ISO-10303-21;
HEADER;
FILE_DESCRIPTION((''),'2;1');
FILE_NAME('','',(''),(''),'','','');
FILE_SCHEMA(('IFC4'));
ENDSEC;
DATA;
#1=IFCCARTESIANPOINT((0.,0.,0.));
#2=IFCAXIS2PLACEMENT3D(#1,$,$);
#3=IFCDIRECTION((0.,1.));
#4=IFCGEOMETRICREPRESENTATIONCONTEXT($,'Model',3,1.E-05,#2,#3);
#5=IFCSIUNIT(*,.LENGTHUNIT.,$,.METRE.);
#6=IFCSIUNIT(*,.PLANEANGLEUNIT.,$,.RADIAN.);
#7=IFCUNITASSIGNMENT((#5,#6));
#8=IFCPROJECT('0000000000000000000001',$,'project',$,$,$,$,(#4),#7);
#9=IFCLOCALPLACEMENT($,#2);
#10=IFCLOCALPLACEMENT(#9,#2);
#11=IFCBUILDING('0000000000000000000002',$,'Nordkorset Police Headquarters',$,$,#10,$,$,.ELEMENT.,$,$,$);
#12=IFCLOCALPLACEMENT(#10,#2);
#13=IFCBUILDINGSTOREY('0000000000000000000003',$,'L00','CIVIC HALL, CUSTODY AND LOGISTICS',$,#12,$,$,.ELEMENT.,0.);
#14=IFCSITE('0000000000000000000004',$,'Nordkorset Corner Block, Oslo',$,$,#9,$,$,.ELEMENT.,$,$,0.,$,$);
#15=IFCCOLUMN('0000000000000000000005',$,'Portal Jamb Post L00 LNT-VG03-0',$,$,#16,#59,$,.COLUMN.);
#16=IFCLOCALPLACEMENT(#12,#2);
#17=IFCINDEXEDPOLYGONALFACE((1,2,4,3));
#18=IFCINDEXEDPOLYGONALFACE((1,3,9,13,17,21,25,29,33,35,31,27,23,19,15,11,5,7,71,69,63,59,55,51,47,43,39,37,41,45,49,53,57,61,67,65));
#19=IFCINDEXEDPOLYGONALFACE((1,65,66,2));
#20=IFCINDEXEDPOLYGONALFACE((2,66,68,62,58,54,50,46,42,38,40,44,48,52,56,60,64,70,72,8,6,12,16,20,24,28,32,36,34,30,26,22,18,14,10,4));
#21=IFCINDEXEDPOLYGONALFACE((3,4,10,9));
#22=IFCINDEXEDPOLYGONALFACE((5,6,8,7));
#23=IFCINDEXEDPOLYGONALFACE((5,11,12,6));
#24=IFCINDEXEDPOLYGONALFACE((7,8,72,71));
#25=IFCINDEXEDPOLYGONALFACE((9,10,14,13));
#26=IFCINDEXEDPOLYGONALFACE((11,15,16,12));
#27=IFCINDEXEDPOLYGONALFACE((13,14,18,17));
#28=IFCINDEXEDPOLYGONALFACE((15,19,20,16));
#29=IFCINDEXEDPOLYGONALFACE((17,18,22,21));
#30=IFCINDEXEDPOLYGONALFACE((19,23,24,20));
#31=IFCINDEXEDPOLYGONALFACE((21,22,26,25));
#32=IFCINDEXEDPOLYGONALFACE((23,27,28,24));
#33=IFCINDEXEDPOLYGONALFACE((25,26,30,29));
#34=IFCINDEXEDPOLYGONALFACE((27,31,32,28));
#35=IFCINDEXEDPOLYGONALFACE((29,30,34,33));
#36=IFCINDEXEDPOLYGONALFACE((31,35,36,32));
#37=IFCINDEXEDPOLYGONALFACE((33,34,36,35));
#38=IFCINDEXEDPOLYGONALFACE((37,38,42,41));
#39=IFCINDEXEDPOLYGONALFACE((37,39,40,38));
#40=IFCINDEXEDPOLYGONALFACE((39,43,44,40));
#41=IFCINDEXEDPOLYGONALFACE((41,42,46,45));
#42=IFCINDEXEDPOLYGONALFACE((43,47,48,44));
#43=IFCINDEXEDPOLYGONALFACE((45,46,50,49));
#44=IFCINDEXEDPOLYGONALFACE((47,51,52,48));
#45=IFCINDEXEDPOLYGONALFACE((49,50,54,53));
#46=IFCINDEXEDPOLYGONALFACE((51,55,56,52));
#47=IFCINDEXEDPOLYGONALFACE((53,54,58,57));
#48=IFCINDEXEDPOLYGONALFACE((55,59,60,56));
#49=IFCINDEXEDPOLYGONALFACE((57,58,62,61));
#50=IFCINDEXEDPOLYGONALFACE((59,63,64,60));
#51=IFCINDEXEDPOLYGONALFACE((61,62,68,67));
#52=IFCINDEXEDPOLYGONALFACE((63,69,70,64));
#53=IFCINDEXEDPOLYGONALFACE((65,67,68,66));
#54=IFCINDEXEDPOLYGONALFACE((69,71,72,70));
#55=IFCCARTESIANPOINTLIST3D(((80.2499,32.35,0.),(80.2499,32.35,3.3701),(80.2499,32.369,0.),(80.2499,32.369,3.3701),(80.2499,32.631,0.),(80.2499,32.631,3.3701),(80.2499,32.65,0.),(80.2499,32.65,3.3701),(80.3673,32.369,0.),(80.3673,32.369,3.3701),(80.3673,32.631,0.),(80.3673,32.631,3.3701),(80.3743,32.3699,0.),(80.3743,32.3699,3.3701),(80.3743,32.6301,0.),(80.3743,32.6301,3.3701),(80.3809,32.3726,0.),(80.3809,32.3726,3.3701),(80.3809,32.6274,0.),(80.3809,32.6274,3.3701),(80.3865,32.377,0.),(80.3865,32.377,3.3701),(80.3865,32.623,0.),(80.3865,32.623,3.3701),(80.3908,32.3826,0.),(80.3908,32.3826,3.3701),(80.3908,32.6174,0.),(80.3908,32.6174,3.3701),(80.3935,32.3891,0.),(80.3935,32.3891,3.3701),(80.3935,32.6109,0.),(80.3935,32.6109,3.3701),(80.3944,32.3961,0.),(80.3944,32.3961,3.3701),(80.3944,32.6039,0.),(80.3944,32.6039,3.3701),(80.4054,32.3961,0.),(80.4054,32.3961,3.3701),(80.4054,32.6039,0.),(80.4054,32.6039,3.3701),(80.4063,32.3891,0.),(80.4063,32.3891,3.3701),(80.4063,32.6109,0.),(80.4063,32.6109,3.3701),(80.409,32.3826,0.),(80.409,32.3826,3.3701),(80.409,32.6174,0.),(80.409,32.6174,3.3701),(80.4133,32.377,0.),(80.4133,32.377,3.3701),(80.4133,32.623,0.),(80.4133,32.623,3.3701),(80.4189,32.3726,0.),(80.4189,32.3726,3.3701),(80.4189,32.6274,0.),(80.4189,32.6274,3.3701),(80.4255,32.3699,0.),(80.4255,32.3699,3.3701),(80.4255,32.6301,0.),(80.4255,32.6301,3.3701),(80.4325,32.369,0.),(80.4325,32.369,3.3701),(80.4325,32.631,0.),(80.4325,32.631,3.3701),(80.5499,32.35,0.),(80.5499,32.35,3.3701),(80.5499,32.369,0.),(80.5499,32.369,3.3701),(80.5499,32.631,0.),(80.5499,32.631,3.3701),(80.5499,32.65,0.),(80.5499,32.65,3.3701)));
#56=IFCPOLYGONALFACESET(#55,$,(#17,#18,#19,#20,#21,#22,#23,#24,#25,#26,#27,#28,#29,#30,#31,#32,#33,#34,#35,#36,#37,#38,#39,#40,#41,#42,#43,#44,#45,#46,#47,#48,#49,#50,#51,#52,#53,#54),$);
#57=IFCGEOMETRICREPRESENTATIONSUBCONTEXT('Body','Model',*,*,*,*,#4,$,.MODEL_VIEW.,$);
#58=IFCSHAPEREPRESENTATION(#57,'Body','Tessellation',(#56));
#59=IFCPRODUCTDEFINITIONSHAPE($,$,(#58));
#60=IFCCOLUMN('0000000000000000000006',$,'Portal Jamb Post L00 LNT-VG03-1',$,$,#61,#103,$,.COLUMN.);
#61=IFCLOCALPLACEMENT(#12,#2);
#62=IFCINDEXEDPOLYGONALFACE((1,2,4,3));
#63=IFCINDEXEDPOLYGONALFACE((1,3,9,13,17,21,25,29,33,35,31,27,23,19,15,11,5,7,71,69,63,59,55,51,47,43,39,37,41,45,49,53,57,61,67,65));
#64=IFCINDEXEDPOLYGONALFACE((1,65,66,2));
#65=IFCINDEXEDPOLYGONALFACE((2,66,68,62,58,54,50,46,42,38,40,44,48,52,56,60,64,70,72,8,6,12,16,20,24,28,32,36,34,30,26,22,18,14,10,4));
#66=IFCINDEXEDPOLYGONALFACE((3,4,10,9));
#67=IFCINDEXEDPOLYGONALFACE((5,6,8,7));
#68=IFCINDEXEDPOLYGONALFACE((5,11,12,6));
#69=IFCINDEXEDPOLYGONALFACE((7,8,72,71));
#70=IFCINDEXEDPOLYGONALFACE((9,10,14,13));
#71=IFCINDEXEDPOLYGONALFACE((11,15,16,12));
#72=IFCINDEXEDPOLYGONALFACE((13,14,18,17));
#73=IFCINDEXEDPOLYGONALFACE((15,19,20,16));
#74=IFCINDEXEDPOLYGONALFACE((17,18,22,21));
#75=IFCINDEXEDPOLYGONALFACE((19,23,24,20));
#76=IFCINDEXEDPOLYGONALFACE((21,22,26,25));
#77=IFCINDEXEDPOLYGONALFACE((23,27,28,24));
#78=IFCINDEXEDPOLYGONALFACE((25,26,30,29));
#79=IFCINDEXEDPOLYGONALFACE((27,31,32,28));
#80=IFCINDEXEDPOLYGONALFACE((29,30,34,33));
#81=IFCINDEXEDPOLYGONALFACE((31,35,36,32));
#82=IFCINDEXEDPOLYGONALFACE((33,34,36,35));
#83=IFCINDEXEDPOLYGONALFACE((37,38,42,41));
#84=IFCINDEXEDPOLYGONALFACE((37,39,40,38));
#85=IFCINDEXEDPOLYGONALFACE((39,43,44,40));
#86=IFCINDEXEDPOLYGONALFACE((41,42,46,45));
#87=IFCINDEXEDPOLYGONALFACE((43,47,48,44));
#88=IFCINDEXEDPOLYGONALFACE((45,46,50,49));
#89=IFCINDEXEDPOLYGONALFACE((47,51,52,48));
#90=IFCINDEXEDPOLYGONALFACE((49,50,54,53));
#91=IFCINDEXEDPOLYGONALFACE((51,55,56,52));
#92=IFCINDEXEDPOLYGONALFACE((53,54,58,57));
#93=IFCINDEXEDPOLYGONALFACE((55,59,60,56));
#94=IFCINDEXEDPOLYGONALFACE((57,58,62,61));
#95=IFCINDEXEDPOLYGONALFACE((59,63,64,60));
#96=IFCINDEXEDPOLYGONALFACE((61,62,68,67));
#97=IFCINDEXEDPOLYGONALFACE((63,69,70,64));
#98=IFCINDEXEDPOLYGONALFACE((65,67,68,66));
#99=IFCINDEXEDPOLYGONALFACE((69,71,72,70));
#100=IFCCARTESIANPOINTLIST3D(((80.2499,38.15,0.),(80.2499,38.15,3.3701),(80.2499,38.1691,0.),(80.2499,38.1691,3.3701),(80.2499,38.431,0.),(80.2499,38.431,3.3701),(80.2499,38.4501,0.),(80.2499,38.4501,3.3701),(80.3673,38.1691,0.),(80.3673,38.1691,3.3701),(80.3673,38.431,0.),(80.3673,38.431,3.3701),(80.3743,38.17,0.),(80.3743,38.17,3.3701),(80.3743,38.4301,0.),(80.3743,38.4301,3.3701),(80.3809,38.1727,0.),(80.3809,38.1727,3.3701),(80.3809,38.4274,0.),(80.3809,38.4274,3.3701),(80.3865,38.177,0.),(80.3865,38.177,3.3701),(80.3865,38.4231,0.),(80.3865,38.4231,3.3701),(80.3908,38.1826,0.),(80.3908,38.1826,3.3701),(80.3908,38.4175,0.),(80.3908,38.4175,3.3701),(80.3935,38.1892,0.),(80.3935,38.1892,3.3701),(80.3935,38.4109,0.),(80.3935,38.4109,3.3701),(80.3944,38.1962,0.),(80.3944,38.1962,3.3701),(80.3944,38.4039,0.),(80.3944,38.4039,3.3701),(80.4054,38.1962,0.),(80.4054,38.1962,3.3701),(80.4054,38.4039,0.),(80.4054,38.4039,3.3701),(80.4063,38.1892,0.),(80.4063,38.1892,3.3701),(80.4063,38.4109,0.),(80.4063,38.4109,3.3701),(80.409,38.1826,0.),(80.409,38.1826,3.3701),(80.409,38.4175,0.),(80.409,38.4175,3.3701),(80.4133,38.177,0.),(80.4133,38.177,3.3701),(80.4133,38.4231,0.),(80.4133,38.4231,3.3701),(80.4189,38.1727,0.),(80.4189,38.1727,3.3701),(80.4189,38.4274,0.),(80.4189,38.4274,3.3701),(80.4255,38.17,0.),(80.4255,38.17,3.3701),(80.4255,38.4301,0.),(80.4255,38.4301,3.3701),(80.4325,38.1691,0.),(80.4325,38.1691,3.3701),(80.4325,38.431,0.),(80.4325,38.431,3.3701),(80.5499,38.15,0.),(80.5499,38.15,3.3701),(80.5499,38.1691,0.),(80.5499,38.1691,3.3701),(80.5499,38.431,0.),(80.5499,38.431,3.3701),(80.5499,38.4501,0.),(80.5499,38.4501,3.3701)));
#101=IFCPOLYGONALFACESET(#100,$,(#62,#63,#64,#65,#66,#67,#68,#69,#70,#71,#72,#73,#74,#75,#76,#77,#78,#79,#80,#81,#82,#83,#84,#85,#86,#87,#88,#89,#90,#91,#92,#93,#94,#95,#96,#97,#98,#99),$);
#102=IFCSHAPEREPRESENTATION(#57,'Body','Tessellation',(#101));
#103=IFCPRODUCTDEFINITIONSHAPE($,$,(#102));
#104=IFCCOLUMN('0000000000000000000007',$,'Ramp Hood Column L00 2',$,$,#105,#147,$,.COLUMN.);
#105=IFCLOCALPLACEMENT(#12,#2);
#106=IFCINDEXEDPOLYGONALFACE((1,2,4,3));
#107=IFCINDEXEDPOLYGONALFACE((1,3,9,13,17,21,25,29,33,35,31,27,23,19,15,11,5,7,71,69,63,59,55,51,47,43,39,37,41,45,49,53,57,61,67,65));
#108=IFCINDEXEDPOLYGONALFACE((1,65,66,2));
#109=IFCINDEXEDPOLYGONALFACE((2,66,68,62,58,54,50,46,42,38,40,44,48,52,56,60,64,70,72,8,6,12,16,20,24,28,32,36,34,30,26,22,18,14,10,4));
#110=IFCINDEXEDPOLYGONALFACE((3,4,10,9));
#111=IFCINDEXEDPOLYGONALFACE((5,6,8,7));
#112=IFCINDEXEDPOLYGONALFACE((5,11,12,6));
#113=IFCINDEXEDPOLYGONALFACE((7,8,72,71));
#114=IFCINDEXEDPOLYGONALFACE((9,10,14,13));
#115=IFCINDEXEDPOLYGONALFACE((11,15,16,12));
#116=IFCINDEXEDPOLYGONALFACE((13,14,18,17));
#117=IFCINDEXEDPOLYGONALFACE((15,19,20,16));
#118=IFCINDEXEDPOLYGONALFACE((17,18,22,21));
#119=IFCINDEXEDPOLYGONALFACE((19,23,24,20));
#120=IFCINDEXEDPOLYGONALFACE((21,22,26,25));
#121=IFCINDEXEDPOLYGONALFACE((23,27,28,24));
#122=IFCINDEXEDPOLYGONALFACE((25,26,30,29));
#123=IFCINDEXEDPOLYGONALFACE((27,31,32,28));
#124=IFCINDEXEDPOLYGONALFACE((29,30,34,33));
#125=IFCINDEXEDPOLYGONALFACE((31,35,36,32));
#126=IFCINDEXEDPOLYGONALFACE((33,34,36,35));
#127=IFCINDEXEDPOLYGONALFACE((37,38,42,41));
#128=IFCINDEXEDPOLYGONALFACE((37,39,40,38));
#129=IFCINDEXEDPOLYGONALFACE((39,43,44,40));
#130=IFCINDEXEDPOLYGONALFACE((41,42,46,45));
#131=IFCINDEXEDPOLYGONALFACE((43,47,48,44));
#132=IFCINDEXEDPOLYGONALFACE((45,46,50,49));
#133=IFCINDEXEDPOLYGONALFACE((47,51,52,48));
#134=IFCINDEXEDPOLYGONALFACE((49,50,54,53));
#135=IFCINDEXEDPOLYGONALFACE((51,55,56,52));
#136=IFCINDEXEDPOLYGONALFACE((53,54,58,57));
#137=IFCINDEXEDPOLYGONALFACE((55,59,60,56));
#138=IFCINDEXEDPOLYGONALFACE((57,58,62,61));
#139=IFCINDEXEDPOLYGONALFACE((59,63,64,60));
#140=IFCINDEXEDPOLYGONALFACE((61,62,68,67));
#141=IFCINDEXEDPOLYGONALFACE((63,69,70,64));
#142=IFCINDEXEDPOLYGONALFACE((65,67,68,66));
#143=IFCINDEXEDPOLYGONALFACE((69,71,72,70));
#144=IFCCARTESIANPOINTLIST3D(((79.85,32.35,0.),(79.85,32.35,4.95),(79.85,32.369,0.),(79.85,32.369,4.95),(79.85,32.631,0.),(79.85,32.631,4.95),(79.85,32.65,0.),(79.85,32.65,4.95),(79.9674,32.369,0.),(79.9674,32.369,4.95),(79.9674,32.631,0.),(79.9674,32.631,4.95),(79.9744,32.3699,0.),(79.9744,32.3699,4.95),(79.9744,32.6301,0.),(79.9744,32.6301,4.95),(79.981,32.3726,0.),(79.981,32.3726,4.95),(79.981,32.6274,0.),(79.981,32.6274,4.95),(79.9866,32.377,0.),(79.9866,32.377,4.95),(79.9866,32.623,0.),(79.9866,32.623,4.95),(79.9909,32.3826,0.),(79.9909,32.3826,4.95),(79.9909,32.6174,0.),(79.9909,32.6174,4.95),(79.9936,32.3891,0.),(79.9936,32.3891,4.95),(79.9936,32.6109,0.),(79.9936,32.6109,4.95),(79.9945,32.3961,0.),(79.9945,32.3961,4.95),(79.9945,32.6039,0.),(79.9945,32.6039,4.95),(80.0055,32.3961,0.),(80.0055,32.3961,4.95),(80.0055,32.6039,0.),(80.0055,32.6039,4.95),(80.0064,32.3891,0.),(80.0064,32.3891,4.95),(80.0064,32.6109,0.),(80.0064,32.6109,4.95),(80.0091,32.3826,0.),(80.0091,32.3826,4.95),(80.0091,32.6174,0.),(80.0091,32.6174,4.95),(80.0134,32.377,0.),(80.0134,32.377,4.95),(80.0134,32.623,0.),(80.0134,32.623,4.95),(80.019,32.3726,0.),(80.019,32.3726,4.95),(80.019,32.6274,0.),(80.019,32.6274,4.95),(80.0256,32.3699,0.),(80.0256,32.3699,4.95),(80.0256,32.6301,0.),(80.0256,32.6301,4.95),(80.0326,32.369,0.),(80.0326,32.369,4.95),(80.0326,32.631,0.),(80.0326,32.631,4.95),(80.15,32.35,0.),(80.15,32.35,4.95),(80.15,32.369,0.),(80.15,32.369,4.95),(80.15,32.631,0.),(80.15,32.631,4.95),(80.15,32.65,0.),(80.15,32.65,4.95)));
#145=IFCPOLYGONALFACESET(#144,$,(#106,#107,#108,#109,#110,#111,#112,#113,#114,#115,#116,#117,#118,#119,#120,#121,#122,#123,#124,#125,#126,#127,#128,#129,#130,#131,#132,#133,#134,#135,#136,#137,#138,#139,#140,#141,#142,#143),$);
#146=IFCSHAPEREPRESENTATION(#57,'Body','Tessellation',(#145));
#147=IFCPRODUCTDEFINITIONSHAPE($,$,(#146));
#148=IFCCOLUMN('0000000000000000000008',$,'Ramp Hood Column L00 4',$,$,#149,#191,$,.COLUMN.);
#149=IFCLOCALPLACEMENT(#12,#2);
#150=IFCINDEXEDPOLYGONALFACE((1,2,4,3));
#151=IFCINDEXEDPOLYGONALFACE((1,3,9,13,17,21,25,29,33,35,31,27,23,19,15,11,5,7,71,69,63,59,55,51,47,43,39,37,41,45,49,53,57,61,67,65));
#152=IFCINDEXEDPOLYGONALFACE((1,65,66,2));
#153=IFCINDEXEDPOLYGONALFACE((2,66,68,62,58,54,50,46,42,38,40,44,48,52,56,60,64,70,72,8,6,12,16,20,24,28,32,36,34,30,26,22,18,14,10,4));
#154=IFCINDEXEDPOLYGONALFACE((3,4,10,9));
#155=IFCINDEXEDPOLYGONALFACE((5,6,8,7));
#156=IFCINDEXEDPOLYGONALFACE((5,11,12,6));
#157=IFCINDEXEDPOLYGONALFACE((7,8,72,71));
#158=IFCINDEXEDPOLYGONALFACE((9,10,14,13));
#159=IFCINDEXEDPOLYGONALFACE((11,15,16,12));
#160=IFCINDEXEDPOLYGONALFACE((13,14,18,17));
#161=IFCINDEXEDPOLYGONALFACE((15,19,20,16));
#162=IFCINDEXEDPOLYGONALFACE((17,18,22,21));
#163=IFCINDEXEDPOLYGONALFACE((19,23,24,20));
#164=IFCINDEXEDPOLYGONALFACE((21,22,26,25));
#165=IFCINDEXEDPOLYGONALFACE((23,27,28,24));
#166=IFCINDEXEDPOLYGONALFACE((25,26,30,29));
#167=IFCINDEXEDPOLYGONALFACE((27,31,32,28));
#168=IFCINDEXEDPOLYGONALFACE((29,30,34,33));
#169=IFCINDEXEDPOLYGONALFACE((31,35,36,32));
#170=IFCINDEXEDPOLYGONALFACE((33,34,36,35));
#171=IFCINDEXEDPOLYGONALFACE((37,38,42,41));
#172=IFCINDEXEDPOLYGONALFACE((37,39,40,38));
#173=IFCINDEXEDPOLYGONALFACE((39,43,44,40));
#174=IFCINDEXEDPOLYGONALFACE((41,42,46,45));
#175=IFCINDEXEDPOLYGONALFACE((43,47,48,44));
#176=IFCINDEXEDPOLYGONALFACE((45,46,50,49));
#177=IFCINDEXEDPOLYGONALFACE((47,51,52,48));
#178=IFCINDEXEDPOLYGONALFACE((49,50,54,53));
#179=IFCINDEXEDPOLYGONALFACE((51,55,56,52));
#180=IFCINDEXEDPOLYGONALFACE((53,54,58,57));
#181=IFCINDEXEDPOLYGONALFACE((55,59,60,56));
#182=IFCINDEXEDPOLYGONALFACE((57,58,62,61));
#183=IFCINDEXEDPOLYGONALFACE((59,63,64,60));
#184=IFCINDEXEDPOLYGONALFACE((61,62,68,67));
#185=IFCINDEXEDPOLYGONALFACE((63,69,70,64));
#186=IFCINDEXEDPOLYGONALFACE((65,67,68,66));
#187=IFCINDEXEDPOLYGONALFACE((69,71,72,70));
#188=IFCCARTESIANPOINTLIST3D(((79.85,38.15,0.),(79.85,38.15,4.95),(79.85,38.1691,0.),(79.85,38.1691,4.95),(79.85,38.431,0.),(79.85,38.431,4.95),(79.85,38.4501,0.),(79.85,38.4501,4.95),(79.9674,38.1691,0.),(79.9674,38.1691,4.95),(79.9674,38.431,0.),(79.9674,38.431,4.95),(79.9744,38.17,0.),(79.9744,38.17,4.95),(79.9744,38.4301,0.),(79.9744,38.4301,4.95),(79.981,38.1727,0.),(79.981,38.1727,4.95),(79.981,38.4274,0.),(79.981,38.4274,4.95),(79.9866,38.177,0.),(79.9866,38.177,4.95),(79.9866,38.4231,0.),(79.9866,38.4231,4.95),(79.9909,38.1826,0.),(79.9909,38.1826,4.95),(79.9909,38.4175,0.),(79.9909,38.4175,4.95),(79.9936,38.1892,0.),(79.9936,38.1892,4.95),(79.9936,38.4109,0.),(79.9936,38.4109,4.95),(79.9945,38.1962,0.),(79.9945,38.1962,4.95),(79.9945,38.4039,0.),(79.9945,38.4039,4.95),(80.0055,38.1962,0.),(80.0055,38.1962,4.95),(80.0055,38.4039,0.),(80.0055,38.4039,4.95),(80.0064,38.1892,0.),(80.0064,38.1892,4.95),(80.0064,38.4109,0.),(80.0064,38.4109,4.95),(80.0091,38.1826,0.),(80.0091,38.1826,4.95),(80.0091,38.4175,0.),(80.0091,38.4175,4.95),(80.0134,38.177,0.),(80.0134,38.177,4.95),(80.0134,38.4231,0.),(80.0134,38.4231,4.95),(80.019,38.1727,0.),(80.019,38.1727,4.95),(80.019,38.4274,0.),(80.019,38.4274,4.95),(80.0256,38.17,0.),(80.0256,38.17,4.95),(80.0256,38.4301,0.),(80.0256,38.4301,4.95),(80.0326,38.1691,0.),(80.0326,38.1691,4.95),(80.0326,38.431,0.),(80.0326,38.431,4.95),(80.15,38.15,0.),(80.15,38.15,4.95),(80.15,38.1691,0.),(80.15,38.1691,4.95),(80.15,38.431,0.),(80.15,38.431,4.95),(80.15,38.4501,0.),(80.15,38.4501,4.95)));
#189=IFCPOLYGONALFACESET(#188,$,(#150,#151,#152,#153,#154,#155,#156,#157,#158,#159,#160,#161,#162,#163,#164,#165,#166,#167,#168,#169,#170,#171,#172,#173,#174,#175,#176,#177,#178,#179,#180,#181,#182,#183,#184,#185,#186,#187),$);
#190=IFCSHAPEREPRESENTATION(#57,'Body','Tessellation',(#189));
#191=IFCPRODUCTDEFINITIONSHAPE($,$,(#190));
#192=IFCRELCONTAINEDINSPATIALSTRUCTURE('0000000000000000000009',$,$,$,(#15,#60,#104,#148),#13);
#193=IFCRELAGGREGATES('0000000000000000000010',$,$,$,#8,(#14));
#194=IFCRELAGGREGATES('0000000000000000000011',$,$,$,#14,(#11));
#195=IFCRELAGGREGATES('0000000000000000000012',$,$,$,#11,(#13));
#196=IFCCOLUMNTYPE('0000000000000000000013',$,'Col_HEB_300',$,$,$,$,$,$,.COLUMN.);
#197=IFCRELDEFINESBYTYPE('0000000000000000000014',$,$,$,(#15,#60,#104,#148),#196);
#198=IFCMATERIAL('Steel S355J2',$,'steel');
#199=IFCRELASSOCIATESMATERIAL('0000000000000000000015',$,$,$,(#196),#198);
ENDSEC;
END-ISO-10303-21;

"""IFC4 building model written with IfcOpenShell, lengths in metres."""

from ifc_helpers import new_model, si_unit, direction, frame, origin, origin_2d, place, context, subcontext, project, spatial, i_section, extrude, material, material_profile, profile_set, type_object, element, save


model = new_model("IFC4")

# Units and contexts
model_context = context("Model", 3, precision=1e-05, world=origin(), true_north=direction((0.0, 1.0)))
body_context = subcontext(model_context, "Body", "Model", "MODEL_VIEW")
ifc_project = project(units=[si_unit("LENGTHUNIT", "METRE"), si_unit("PLANEANGLEUNIT", "RADIAN")], contexts=[model_context])

# Site, building, storey
site_placement = place(None, origin())
site = spatial("IfcSite", under=ifc_project, at=site_placement, Name="Nordkorset Corner Block, Oslo", CompositionType="ELEMENT", RefElevation=0.0)
building_placement = place(site_placement, origin())
building = spatial("IfcBuilding", under=site, at=building_placement, Name="Nordkorset Police Headquarters", CompositionType="ELEMENT")
storey_placement = place(building_placement, origin())
storey = spatial("IfcBuildingStorey", under=building, at=storey_placement, Name="L00", Description="CIVIC HALL, CUSTODY AND LOGISTICS", CompositionType="ELEMENT", Elevation=0.0)

# Columns
ifc_material_1 = material(Name="Steel S355J2", Category="steel")
ifc_material_profile_1 = material_profile(ifc_material_1, i_section(OverallWidth=0.3, OverallDepth=0.3, WebThickness=0.011, FlangeThickness=0.019, FilletRadius=0.0271, at=origin_2d()), Name="HEB 300")
ifc_profile_set_1 = profile_set([ifc_material_profile_1], Name="Steel S355J2")
column_type_1 = type_object("IfcColumnType", Name="Col_HEB_300", PredefinedType="COLUMN", material=ifc_profile_set_1)
for number, where, z_axis, x_axis, name in (
    (1, (80.3999, 32.5, 0.0), (0.0, 0.0, 1.0), (1.0, 0.0, 0.0), "Portal Jamb Post L00 LNT-VG03-0"),
    (2, (80.3999, 38.3, 0.0), (0.0, 0.0, 1.0), (1.0, 0.0, 0.0), "Portal Jamb Post L00 LNT-VG03-1"),
):
    element("IfcColumn", number, at=place(storey_placement, frame(where, z_axis=z_axis, x_axis=x_axis)), inside=storey, type_object=column_type_1, Name=name, PredefinedType="COLUMN", context=body_context, shape_type="SweptSolid", body=[
        extrude(i_section(OverallWidth=0.3, OverallDepth=0.3, WebThickness=0.011, FlangeThickness=0.019, FilletRadius=0.0271, at=origin_2d()), origin(), (0.0, 0.0, 1.0), 3.3701),
    ])
for number, where, z_axis, x_axis, name in (
    (3, (80.0, 32.5, 0.0), (0.0, 0.0, 1.0), (1.0, 0.0, 0.0), "Ramp Hood Column L00 2"),
    (4, (80.0, 38.3, 0.0), (0.0, 0.0, 1.0), (1.0, 0.0, 0.0), "Ramp Hood Column L00 4"),
):
    element("IfcColumn", number, at=place(storey_placement, frame(where, z_axis=z_axis, x_axis=x_axis)), inside=storey, type_object=column_type_1, Name=name, PredefinedType="COLUMN", context=body_context, shape_type="SweptSolid", body=[
        extrude(i_section(OverallWidth=0.3, OverallDepth=0.3, WebThickness=0.011, FlangeThickness=0.019, FilletRadius=0.0271, at=origin_2d()), origin(), (0.0, 0.0, 1.0), 4.95),
    ])

save(model, "model.ifc")
